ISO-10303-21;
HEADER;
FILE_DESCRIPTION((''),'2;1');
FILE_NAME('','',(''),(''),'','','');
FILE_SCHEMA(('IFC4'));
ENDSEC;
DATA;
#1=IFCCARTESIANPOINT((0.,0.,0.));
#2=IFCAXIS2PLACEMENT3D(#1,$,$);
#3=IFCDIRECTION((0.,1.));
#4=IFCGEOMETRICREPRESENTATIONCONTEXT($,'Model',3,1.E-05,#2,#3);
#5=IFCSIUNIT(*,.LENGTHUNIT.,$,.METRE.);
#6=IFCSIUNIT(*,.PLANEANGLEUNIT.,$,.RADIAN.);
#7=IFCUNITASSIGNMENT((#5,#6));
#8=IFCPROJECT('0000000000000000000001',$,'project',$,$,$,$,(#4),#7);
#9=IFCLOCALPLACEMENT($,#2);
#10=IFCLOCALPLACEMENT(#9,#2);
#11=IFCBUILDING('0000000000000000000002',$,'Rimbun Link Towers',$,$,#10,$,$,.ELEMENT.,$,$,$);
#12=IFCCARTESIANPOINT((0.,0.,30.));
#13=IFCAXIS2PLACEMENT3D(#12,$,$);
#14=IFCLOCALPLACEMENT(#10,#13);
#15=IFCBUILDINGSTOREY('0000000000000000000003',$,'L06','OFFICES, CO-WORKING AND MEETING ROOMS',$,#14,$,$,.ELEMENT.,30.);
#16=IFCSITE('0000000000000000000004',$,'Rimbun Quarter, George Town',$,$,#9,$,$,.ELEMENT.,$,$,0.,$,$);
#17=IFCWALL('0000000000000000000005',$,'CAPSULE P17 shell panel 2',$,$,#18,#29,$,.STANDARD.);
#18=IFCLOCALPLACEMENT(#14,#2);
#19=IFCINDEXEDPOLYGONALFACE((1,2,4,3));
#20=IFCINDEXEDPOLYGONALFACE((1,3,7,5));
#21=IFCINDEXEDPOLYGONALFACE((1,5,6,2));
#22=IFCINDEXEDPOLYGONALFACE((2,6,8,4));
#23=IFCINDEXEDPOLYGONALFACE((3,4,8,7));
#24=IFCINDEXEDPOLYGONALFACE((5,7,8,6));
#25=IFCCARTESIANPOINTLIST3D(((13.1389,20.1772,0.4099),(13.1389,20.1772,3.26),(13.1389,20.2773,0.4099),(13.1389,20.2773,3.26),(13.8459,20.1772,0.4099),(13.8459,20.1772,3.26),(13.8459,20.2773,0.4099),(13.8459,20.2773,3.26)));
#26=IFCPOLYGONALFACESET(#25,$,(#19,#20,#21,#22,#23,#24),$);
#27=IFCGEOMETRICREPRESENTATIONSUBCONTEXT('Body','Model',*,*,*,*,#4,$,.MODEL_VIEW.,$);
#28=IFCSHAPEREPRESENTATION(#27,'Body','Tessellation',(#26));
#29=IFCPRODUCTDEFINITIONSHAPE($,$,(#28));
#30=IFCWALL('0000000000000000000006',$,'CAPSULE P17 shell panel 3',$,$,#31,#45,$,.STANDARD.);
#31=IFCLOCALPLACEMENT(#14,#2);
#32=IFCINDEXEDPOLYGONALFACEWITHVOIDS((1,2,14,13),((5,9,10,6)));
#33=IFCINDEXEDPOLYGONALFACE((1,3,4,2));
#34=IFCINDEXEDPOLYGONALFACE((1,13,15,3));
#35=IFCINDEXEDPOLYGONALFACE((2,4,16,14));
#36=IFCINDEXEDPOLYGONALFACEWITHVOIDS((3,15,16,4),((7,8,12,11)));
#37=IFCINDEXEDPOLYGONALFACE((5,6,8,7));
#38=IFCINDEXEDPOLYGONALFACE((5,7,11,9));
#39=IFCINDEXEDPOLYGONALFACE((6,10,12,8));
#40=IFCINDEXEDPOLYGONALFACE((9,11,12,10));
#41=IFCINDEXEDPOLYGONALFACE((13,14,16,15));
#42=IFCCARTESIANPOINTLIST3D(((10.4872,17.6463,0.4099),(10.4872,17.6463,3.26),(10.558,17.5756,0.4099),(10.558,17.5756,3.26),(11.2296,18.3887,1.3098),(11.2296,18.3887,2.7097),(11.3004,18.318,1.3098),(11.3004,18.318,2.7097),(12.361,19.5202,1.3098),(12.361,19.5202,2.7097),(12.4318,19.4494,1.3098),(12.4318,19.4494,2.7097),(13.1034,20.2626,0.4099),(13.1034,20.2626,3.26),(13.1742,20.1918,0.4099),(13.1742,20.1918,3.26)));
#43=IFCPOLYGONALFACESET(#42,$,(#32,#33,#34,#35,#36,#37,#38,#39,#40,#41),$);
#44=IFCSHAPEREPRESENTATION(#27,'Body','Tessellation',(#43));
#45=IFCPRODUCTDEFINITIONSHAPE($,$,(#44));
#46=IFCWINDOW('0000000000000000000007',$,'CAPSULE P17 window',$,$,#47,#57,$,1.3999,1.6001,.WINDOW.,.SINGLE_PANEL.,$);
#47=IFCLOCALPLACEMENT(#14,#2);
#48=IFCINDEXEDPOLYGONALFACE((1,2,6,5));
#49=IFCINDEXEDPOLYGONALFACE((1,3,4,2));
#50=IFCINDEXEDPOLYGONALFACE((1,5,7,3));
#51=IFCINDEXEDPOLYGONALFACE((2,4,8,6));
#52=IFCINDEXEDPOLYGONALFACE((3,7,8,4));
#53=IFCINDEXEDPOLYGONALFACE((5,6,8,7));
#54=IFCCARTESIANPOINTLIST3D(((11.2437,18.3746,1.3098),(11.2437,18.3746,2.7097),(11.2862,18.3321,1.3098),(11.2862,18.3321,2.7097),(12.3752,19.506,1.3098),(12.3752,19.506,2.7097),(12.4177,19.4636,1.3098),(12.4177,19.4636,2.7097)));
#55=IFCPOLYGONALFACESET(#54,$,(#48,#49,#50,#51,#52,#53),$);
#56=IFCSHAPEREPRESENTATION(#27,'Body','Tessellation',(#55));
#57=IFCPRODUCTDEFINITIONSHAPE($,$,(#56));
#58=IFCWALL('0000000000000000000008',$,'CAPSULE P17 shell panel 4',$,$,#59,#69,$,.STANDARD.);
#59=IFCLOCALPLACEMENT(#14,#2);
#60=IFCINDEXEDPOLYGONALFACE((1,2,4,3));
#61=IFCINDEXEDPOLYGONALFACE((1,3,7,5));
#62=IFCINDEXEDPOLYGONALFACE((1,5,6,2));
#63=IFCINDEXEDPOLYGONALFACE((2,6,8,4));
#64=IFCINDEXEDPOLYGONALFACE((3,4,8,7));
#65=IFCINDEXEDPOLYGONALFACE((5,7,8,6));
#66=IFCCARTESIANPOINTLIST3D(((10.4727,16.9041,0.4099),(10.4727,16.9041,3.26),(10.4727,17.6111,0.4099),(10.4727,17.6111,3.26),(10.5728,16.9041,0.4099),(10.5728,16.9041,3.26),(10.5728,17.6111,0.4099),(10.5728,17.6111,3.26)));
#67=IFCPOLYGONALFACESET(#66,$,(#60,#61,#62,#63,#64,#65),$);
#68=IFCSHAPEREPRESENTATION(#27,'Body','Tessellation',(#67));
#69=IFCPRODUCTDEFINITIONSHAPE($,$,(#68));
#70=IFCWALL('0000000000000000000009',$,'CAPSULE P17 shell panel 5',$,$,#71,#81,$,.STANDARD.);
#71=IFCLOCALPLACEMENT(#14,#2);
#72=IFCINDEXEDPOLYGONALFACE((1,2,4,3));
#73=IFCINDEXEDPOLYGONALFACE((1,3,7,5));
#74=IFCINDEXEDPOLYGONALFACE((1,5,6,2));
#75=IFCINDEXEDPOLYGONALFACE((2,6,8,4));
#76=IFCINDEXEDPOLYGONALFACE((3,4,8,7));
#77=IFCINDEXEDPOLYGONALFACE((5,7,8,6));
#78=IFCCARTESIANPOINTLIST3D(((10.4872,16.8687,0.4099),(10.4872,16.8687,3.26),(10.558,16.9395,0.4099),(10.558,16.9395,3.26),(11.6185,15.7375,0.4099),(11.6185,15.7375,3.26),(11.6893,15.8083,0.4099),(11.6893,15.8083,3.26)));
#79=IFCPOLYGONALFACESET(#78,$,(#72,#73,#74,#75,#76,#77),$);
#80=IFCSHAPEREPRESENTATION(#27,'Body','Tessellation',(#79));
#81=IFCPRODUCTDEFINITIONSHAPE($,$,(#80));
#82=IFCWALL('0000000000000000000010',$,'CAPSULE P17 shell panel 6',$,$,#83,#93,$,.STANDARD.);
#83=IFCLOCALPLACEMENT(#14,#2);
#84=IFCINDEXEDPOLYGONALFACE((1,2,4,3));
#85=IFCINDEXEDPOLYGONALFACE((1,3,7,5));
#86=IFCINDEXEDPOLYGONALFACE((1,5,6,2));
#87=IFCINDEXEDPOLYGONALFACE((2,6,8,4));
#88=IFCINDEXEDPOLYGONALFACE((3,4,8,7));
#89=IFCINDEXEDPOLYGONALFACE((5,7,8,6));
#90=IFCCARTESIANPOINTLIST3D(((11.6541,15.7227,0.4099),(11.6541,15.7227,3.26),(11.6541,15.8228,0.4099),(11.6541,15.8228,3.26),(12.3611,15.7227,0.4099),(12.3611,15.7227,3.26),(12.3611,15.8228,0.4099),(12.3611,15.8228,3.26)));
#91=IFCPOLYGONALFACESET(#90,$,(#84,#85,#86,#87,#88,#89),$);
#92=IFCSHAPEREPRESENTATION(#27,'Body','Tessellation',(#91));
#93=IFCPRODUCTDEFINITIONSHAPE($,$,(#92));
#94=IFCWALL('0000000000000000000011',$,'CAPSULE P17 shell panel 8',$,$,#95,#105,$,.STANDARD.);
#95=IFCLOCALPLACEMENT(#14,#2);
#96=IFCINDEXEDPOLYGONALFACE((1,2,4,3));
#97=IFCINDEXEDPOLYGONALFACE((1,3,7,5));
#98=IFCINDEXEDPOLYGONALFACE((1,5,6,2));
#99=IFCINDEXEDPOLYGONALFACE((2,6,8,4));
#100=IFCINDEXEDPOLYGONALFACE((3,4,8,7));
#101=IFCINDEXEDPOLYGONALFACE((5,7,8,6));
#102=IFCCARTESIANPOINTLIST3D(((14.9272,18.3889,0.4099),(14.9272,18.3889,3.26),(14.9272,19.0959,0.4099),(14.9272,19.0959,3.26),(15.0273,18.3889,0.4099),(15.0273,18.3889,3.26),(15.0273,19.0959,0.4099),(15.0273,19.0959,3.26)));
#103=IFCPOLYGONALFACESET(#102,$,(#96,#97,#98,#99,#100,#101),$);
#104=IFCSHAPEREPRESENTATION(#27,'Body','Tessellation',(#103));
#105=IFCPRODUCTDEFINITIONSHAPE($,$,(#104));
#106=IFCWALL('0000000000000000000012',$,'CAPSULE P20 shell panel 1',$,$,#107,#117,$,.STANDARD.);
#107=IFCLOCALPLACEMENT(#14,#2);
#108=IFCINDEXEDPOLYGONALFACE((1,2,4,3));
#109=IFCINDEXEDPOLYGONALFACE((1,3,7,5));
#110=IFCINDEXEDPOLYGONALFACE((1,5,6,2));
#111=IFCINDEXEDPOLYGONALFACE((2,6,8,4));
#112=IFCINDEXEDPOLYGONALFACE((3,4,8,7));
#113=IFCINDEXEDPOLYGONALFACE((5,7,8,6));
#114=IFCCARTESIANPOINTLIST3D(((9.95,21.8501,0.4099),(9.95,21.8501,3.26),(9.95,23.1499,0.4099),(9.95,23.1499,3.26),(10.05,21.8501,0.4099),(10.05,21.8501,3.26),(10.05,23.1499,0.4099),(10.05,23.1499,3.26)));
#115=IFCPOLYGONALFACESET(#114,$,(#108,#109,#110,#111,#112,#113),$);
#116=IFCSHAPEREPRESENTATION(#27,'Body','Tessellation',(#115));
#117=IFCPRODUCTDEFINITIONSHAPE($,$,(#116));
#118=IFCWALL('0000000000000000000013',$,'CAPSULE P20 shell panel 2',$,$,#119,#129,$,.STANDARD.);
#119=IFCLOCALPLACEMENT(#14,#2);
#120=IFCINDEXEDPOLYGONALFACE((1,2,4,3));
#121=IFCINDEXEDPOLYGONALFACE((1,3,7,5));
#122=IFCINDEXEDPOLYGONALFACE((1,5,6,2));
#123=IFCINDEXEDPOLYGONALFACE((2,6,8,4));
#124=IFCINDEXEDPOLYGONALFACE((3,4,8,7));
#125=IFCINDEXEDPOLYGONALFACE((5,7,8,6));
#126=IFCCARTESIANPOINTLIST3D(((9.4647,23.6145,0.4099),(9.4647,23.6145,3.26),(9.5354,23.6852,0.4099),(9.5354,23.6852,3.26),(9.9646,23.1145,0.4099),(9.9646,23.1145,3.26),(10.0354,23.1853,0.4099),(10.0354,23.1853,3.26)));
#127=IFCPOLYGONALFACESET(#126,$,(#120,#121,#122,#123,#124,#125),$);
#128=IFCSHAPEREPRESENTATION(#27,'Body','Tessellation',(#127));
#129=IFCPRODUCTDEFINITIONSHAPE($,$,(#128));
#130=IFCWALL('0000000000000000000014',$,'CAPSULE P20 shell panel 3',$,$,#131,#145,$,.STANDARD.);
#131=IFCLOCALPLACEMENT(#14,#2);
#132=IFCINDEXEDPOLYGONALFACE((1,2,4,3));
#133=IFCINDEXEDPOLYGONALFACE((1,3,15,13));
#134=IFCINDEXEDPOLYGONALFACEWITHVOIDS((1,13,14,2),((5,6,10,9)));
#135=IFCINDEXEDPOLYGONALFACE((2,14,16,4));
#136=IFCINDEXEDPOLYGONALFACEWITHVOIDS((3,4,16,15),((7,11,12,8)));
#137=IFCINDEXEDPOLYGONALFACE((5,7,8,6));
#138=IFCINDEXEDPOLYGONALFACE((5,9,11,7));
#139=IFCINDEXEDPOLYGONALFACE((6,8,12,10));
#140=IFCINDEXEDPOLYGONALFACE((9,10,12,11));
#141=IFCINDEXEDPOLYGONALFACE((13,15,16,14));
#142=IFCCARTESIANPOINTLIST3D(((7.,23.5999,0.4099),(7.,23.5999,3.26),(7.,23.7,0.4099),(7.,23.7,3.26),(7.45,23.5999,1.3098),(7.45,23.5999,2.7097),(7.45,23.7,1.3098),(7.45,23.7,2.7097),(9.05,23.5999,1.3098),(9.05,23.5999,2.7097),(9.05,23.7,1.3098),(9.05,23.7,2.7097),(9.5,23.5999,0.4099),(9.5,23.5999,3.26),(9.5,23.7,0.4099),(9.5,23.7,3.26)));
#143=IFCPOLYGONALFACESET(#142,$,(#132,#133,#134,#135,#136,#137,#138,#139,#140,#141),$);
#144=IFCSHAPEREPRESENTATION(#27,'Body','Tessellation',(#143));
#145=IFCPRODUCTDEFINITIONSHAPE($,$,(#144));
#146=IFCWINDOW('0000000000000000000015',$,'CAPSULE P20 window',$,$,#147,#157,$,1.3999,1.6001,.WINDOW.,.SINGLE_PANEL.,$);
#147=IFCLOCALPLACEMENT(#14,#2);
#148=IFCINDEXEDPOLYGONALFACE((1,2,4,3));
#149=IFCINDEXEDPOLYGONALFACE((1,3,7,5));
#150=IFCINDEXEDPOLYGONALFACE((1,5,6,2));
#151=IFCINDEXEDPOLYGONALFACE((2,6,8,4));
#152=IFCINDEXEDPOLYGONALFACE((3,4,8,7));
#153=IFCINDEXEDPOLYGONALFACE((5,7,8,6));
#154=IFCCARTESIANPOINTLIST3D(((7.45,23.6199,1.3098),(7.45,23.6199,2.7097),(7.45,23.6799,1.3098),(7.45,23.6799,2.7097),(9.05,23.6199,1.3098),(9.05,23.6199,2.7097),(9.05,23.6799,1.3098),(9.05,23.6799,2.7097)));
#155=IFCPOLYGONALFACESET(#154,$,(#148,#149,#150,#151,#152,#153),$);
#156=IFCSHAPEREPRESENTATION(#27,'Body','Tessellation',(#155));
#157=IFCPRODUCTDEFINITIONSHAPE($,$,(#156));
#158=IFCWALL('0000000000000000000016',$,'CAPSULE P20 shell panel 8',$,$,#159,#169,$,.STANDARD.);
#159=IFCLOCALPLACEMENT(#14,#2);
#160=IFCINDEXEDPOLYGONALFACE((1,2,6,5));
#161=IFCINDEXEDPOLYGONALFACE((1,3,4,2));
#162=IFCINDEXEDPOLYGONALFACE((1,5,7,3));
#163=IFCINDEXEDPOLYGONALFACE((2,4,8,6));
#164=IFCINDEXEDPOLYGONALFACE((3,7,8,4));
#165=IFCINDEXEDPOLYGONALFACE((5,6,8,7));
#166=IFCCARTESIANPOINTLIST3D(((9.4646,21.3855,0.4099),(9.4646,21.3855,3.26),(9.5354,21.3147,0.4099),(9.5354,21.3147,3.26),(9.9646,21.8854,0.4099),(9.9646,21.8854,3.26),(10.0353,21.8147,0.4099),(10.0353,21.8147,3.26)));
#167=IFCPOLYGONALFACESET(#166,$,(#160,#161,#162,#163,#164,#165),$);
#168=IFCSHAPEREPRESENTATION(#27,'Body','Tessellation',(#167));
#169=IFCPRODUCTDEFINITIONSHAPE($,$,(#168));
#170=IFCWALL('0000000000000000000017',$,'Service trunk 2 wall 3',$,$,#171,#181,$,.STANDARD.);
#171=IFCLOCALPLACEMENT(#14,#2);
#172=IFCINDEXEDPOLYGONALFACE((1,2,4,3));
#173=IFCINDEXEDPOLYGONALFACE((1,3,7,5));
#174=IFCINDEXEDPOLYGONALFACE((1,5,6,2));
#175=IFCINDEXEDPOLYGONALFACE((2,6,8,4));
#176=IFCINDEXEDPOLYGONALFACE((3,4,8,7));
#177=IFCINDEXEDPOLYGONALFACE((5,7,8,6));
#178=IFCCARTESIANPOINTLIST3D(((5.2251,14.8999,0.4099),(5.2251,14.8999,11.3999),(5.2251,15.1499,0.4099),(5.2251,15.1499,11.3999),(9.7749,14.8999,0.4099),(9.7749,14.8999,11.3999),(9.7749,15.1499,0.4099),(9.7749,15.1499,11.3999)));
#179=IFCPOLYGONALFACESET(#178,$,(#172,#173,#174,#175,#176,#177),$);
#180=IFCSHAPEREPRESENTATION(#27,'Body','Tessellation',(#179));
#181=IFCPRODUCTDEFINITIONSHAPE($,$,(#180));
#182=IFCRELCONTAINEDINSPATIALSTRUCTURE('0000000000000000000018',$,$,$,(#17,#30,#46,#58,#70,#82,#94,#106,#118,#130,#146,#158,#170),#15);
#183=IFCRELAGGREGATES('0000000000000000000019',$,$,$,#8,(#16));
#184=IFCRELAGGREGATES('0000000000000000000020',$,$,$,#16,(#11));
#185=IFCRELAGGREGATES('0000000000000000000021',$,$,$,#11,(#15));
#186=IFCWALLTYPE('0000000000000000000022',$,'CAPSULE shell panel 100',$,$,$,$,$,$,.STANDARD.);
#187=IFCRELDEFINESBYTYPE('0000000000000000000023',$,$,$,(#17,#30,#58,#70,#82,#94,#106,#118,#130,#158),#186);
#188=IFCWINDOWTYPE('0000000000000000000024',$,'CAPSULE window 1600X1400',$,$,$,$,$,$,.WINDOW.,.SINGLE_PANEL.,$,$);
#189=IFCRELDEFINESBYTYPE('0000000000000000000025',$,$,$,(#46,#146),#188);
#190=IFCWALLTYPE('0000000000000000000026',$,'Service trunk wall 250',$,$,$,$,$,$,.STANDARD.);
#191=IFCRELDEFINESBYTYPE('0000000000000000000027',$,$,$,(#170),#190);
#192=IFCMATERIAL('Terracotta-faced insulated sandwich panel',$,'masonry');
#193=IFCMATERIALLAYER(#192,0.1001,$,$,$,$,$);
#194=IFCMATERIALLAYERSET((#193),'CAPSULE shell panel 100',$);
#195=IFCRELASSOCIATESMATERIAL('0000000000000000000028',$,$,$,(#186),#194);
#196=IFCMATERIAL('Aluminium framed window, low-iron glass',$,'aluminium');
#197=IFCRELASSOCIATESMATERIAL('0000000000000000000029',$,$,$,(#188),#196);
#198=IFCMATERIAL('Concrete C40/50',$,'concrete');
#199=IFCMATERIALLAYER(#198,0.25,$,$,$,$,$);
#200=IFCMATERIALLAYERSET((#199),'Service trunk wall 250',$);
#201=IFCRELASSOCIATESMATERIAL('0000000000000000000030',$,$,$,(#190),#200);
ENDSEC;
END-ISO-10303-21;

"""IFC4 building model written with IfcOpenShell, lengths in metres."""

from ifc_helpers import new_model, si_unit, direction, frame, frame_2d, origin, place, context, subcontext, project, spatial, rectangle, extrude, material, layer, layer_set, type_object, element, fill, save


model = new_model("IFC4")

# Units and contexts
model_context = context("Model", 3, precision=1e-05, world=origin(), true_north=direction((0.0, 1.0)))
body_context = subcontext(model_context, "Body", "Model", "MODEL_VIEW")
ifc_project = project(units=[si_unit("LENGTHUNIT", "METRE"), si_unit("PLANEANGLEUNIT", "RADIAN")], contexts=[model_context])

# Site, building, storey
site_placement = place(None, origin())
site = spatial("IfcSite", under=ifc_project, at=site_placement, Name="Rimbun Quarter, George Town", CompositionType="ELEMENT", RefElevation=0.0)
building_placement = place(site_placement, origin())
building = spatial("IfcBuilding", under=site, at=building_placement, Name="Rimbun Link Towers", CompositionType="ELEMENT")
storey_placement = place(building_placement, frame((0.0, 0.0, 30.0)))
storey = spatial("IfcBuildingStorey", under=building, at=storey_placement, Name="L06", Description="OFFICES, CO-WORKING AND MEETING ROOMS", CompositionType="ELEMENT", Elevation=30.0)

# Shared definitions
ifc_material_1 = material(Name="Terracotta-faced insulated sandwich panel", Category="masonry")
ifc_layer_1 = layer(ifc_material_1, 0.1001)
ifc_layer_set_1 = layer_set([ifc_layer_1], Name="CAPSULE shell panel 100")
wall_type_1 = type_object("IfcWallType", Name="CAPSULE shell panel 100", PredefinedType="STANDARD", material=ifc_layer_set_1)

# Shared definitions
ifc_material_2 = material(Name="Aluminium framed window, low-iron glass", Category="aluminium")
window_type = type_object("IfcWindowType", Name="CAPSULE window 1600X1400", PartitioningType="SINGLE_PANEL", PredefinedType="WINDOW", material=ifc_material_2)

# Wall
wall_1_placement = place(storey_placement, frame((13.8459, 20.2273, 0.4099), z_axis=(0.0, 0.0, 1.0), x_axis=(-1.0, 0.0, 0.0)))
element("IfcWall", 1, at=wall_1_placement, inside=storey, type_object=wall_type_1, Name="CAPSULE P17 shell panel 2", PredefinedType="STANDARD", context=body_context, shape_type="SweptSolid", body=[
    extrude(rectangle(XDim=0.707, YDim=0.1001, at=frame_2d((0.3535, 0.0))), origin(), (0.0, 0.0, 1.0), 2.8501),
])

# Wall, opening, window
wall_2_placement = place(storey_placement, frame((13.1389, 20.2273, 0.4099), z_axis=(0.0, 0.0, 1.0), x_axis=(-0.707107, -0.707107, 0.0)))
wall_2 = element("IfcWall", 2, at=wall_2_placement, inside=storey, type_object=wall_type_1, Name="CAPSULE P17 shell panel 3", PredefinedType="STANDARD", context=body_context, shape_type="SweptSolid", body=[
    extrude(rectangle(XDim=3.7, YDim=0.1001, at=frame_2d((1.8501, 0.0))), origin(), (0.0, 0.0, 1.0), 2.8501),
])
opening_1_placement = place(wall_2_placement, frame((1.05, 0.0, 0.8999)))
opening_1 = element("IfcOpeningElement", 3, at=opening_1_placement, cuts=wall_2, PredefinedType="OPENING", context=body_context, shape_type="SweptSolid", body=[
    extrude(rectangle(XDim=1.6001, YDim=1.3999, at=frame_2d((0.8, 0.7))), frame((0.0, 0.0601, 0.0), z_axis=(0.0, -1.0, 0.0), x_axis=(1.0, 0.0, 0.0)), (0.0, 0.0, 1.0), 0.1201),
])
window_1_placement = place(opening_1_placement, origin())
window_1 = element("IfcWindow", 4, at=window_1_placement, inside=storey, type_object=window_type, Name="CAPSULE P17 window", OverallHeight=1.3999, OverallWidth=1.6001, PartitioningType="SINGLE_PANEL", PredefinedType="WINDOW", context=body_context, shape_type="SweptSolid", body=[
    extrude(rectangle(XDim=1.6001, YDim=1.3999, at=frame_2d((0.8, 0.7))), frame((0.0, 0.03, 0.0), z_axis=(0.0, -1.0, 0.0), x_axis=(1.0, 0.0, 0.0)), (0.0, 0.0, 1.0), 0.0601),
])
fill(opening_1, window_1)

# Walls
wall_3_placement = place(storey_placement, frame((10.5227, 17.6111, 0.4099), z_axis=(0.0, 0.0, 1.0), x_axis=(0.0, -1.0, 0.0)))
element("IfcWall", 5, at=wall_3_placement, inside=storey, type_object=wall_type_1, Name="CAPSULE P17 shell panel 4", PredefinedType="STANDARD", context=body_context, shape_type="SweptSolid", body=[
    extrude(rectangle(XDim=0.707, YDim=0.1001, at=frame_2d((0.3535, 0.0))), origin(), (0.0, 0.0, 1.0), 2.8501),
])
wall_4_placement = place(storey_placement, frame((10.5227, 16.9041, 0.4099), z_axis=(0.0, 0.0, 1.0), x_axis=(0.707107, -0.707107, 0.0)))
element("IfcWall", 6, at=wall_4_placement, inside=storey, type_object=wall_type_1, Name="CAPSULE P17 shell panel 5", PredefinedType="STANDARD", context=body_context, shape_type="SweptSolid", body=[
    extrude(rectangle(XDim=1.5999, YDim=0.1001, at=frame_2d((0.7998, 0.0))), origin(), (0.0, 0.0, 1.0), 2.8501),
])
for number, where, z_axis, x_axis, name in (
    (7, (11.6541, 15.7727, 0.4099), (0.0, 0.0, 1.0), (1.0, 0.0, 0.0), "CAPSULE P17 shell panel 6"),
    (8, (14.9773, 18.3889, 0.4099), (0.0, 0.0, 1.0), (0.0, 1.0, 0.0), "CAPSULE P17 shell panel 8"),
):
    element("IfcWall", number, at=place(storey_placement, frame(where, z_axis=z_axis, x_axis=x_axis)), inside=storey, type_object=wall_type_1, Name=name, PredefinedType="STANDARD", context=body_context, shape_type="SweptSolid", body=[
        extrude(rectangle(XDim=0.707, YDim=0.1001, at=frame_2d((0.3535, 0.0))), origin(), (0.0, 0.0, 1.0), 2.8501),
    ])
wall_5_placement = place(storey_placement, frame((10.0, 21.8501, 0.4099), z_axis=(0.0, 0.0, 1.0), x_axis=(0.0, 1.0, 0.0)))
element("IfcWall", 9, at=wall_5_placement, inside=storey, type_object=wall_type_1, Name="CAPSULE P20 shell panel 1", PredefinedType="STANDARD", context=body_context, shape_type="SweptSolid", body=[
    extrude(rectangle(XDim=1.2998, YDim=0.1001, at=frame_2d((0.6499, 0.0))), origin(), (0.0, 0.0, 1.0), 2.8501),
])
wall_6_placement = place(storey_placement, frame((10.0, 23.1499, 0.4099), z_axis=(0.0, 0.0, 1.0), x_axis=(-0.707107, 0.707107, 0.0)))
element("IfcWall", 10, at=wall_6_placement, inside=storey, type_object=wall_type_1, Name="CAPSULE P20 shell panel 2", PredefinedType="STANDARD", context=body_context, shape_type="SweptSolid", body=[
    extrude(rectangle(XDim=0.707, YDim=0.1001, at=frame_2d((0.3535, 0.0))), origin(), (0.0, 0.0, 1.0), 2.8501),
])

# Wall, opening, window
wall_7_placement = place(storey_placement, frame((9.5, 23.6499, 0.4099), z_axis=(0.0, 0.0, 1.0), x_axis=(-1.0, 0.0, 0.0)))
wall_7 = element("IfcWall", 11, at=wall_7_placement, inside=storey, type_object=wall_type_1, Name="CAPSULE P20 shell panel 3", PredefinedType="STANDARD", context=body_context, shape_type="SweptSolid", body=[
    extrude(rectangle(XDim=2.5, YDim=0.1001, at=frame_2d((1.25, 0.0))), origin(), (0.0, 0.0, 1.0), 2.8501),
])
opening_2_placement = place(wall_7_placement, frame((0.45, 0.0, 0.8999)))
opening_2 = element("IfcOpeningElement", 12, at=opening_2_placement, cuts=wall_7, PredefinedType="OPENING", context=body_context, shape_type="SweptSolid", body=[
    extrude(rectangle(XDim=1.6001, YDim=1.3999, at=frame_2d((0.8, 0.7))), frame((0.0, 0.0601, 0.0), z_axis=(0.0, -1.0, 0.0), x_axis=(1.0, 0.0, 0.0)), (0.0, 0.0, 1.0), 0.1201),
])
window_2_placement = place(opening_2_placement, origin())
window_2 = element("IfcWindow", 13, at=window_2_placement, inside=storey, type_object=window_type, Name="CAPSULE P20 window", OverallHeight=1.3999, OverallWidth=1.6001, PartitioningType="SINGLE_PANEL", PredefinedType="WINDOW", context=body_context, shape_type="SweptSolid", body=[
    extrude(rectangle(XDim=1.6001, YDim=1.3999, at=frame_2d((0.8, 0.7))), frame((0.0, 0.03, 0.0), z_axis=(0.0, -1.0, 0.0), x_axis=(1.0, 0.0, 0.0)), (0.0, 0.0, 1.0), 0.0601),
])
fill(opening_2, window_2)

# Walls
wall_8_placement = place(storey_placement, frame((9.5, 21.3501, 0.4099), z_axis=(0.0, 0.0, 1.0), x_axis=(0.707107, 0.707107, 0.0)))
element("IfcWall", 14, at=wall_8_placement, inside=storey, type_object=wall_type_1, Name="CAPSULE P20 shell panel 8", PredefinedType="STANDARD", context=body_context, shape_type="SweptSolid", body=[
    extrude(rectangle(XDim=0.707, YDim=0.1001, at=frame_2d((0.3535, 0.0))), origin(), (0.0, 0.0, 1.0), 2.8501),
])
ifc_material_3 = material(Name="Concrete C40/50", Category="concrete")
ifc_layer_2 = layer(ifc_material_3, 0.25)
ifc_layer_set_2 = layer_set([ifc_layer_2], Name="Service trunk wall 250")
wall_type_2 = type_object("IfcWallType", Name="Service trunk wall 250", PredefinedType="STANDARD", material=ifc_layer_set_2)
wall_9_placement = place(storey_placement, frame((9.7749, 15.0249, 0.4099), z_axis=(0.0, 0.0, 1.0), x_axis=(-1.0, 0.0, 0.0)))
element("IfcWall", 15, at=wall_9_placement, inside=storey, type_object=wall_type_2, Name="Service trunk 2 wall 3", PredefinedType="STANDARD", context=body_context, shape_type="SweptSolid", body=[
    extrude(rectangle(XDim=4.5498, YDim=0.25, at=frame_2d((2.2749, 0.0))), origin(), (0.0, 0.0, 1.0), 10.99),
])

save(model, "model.ifc")
